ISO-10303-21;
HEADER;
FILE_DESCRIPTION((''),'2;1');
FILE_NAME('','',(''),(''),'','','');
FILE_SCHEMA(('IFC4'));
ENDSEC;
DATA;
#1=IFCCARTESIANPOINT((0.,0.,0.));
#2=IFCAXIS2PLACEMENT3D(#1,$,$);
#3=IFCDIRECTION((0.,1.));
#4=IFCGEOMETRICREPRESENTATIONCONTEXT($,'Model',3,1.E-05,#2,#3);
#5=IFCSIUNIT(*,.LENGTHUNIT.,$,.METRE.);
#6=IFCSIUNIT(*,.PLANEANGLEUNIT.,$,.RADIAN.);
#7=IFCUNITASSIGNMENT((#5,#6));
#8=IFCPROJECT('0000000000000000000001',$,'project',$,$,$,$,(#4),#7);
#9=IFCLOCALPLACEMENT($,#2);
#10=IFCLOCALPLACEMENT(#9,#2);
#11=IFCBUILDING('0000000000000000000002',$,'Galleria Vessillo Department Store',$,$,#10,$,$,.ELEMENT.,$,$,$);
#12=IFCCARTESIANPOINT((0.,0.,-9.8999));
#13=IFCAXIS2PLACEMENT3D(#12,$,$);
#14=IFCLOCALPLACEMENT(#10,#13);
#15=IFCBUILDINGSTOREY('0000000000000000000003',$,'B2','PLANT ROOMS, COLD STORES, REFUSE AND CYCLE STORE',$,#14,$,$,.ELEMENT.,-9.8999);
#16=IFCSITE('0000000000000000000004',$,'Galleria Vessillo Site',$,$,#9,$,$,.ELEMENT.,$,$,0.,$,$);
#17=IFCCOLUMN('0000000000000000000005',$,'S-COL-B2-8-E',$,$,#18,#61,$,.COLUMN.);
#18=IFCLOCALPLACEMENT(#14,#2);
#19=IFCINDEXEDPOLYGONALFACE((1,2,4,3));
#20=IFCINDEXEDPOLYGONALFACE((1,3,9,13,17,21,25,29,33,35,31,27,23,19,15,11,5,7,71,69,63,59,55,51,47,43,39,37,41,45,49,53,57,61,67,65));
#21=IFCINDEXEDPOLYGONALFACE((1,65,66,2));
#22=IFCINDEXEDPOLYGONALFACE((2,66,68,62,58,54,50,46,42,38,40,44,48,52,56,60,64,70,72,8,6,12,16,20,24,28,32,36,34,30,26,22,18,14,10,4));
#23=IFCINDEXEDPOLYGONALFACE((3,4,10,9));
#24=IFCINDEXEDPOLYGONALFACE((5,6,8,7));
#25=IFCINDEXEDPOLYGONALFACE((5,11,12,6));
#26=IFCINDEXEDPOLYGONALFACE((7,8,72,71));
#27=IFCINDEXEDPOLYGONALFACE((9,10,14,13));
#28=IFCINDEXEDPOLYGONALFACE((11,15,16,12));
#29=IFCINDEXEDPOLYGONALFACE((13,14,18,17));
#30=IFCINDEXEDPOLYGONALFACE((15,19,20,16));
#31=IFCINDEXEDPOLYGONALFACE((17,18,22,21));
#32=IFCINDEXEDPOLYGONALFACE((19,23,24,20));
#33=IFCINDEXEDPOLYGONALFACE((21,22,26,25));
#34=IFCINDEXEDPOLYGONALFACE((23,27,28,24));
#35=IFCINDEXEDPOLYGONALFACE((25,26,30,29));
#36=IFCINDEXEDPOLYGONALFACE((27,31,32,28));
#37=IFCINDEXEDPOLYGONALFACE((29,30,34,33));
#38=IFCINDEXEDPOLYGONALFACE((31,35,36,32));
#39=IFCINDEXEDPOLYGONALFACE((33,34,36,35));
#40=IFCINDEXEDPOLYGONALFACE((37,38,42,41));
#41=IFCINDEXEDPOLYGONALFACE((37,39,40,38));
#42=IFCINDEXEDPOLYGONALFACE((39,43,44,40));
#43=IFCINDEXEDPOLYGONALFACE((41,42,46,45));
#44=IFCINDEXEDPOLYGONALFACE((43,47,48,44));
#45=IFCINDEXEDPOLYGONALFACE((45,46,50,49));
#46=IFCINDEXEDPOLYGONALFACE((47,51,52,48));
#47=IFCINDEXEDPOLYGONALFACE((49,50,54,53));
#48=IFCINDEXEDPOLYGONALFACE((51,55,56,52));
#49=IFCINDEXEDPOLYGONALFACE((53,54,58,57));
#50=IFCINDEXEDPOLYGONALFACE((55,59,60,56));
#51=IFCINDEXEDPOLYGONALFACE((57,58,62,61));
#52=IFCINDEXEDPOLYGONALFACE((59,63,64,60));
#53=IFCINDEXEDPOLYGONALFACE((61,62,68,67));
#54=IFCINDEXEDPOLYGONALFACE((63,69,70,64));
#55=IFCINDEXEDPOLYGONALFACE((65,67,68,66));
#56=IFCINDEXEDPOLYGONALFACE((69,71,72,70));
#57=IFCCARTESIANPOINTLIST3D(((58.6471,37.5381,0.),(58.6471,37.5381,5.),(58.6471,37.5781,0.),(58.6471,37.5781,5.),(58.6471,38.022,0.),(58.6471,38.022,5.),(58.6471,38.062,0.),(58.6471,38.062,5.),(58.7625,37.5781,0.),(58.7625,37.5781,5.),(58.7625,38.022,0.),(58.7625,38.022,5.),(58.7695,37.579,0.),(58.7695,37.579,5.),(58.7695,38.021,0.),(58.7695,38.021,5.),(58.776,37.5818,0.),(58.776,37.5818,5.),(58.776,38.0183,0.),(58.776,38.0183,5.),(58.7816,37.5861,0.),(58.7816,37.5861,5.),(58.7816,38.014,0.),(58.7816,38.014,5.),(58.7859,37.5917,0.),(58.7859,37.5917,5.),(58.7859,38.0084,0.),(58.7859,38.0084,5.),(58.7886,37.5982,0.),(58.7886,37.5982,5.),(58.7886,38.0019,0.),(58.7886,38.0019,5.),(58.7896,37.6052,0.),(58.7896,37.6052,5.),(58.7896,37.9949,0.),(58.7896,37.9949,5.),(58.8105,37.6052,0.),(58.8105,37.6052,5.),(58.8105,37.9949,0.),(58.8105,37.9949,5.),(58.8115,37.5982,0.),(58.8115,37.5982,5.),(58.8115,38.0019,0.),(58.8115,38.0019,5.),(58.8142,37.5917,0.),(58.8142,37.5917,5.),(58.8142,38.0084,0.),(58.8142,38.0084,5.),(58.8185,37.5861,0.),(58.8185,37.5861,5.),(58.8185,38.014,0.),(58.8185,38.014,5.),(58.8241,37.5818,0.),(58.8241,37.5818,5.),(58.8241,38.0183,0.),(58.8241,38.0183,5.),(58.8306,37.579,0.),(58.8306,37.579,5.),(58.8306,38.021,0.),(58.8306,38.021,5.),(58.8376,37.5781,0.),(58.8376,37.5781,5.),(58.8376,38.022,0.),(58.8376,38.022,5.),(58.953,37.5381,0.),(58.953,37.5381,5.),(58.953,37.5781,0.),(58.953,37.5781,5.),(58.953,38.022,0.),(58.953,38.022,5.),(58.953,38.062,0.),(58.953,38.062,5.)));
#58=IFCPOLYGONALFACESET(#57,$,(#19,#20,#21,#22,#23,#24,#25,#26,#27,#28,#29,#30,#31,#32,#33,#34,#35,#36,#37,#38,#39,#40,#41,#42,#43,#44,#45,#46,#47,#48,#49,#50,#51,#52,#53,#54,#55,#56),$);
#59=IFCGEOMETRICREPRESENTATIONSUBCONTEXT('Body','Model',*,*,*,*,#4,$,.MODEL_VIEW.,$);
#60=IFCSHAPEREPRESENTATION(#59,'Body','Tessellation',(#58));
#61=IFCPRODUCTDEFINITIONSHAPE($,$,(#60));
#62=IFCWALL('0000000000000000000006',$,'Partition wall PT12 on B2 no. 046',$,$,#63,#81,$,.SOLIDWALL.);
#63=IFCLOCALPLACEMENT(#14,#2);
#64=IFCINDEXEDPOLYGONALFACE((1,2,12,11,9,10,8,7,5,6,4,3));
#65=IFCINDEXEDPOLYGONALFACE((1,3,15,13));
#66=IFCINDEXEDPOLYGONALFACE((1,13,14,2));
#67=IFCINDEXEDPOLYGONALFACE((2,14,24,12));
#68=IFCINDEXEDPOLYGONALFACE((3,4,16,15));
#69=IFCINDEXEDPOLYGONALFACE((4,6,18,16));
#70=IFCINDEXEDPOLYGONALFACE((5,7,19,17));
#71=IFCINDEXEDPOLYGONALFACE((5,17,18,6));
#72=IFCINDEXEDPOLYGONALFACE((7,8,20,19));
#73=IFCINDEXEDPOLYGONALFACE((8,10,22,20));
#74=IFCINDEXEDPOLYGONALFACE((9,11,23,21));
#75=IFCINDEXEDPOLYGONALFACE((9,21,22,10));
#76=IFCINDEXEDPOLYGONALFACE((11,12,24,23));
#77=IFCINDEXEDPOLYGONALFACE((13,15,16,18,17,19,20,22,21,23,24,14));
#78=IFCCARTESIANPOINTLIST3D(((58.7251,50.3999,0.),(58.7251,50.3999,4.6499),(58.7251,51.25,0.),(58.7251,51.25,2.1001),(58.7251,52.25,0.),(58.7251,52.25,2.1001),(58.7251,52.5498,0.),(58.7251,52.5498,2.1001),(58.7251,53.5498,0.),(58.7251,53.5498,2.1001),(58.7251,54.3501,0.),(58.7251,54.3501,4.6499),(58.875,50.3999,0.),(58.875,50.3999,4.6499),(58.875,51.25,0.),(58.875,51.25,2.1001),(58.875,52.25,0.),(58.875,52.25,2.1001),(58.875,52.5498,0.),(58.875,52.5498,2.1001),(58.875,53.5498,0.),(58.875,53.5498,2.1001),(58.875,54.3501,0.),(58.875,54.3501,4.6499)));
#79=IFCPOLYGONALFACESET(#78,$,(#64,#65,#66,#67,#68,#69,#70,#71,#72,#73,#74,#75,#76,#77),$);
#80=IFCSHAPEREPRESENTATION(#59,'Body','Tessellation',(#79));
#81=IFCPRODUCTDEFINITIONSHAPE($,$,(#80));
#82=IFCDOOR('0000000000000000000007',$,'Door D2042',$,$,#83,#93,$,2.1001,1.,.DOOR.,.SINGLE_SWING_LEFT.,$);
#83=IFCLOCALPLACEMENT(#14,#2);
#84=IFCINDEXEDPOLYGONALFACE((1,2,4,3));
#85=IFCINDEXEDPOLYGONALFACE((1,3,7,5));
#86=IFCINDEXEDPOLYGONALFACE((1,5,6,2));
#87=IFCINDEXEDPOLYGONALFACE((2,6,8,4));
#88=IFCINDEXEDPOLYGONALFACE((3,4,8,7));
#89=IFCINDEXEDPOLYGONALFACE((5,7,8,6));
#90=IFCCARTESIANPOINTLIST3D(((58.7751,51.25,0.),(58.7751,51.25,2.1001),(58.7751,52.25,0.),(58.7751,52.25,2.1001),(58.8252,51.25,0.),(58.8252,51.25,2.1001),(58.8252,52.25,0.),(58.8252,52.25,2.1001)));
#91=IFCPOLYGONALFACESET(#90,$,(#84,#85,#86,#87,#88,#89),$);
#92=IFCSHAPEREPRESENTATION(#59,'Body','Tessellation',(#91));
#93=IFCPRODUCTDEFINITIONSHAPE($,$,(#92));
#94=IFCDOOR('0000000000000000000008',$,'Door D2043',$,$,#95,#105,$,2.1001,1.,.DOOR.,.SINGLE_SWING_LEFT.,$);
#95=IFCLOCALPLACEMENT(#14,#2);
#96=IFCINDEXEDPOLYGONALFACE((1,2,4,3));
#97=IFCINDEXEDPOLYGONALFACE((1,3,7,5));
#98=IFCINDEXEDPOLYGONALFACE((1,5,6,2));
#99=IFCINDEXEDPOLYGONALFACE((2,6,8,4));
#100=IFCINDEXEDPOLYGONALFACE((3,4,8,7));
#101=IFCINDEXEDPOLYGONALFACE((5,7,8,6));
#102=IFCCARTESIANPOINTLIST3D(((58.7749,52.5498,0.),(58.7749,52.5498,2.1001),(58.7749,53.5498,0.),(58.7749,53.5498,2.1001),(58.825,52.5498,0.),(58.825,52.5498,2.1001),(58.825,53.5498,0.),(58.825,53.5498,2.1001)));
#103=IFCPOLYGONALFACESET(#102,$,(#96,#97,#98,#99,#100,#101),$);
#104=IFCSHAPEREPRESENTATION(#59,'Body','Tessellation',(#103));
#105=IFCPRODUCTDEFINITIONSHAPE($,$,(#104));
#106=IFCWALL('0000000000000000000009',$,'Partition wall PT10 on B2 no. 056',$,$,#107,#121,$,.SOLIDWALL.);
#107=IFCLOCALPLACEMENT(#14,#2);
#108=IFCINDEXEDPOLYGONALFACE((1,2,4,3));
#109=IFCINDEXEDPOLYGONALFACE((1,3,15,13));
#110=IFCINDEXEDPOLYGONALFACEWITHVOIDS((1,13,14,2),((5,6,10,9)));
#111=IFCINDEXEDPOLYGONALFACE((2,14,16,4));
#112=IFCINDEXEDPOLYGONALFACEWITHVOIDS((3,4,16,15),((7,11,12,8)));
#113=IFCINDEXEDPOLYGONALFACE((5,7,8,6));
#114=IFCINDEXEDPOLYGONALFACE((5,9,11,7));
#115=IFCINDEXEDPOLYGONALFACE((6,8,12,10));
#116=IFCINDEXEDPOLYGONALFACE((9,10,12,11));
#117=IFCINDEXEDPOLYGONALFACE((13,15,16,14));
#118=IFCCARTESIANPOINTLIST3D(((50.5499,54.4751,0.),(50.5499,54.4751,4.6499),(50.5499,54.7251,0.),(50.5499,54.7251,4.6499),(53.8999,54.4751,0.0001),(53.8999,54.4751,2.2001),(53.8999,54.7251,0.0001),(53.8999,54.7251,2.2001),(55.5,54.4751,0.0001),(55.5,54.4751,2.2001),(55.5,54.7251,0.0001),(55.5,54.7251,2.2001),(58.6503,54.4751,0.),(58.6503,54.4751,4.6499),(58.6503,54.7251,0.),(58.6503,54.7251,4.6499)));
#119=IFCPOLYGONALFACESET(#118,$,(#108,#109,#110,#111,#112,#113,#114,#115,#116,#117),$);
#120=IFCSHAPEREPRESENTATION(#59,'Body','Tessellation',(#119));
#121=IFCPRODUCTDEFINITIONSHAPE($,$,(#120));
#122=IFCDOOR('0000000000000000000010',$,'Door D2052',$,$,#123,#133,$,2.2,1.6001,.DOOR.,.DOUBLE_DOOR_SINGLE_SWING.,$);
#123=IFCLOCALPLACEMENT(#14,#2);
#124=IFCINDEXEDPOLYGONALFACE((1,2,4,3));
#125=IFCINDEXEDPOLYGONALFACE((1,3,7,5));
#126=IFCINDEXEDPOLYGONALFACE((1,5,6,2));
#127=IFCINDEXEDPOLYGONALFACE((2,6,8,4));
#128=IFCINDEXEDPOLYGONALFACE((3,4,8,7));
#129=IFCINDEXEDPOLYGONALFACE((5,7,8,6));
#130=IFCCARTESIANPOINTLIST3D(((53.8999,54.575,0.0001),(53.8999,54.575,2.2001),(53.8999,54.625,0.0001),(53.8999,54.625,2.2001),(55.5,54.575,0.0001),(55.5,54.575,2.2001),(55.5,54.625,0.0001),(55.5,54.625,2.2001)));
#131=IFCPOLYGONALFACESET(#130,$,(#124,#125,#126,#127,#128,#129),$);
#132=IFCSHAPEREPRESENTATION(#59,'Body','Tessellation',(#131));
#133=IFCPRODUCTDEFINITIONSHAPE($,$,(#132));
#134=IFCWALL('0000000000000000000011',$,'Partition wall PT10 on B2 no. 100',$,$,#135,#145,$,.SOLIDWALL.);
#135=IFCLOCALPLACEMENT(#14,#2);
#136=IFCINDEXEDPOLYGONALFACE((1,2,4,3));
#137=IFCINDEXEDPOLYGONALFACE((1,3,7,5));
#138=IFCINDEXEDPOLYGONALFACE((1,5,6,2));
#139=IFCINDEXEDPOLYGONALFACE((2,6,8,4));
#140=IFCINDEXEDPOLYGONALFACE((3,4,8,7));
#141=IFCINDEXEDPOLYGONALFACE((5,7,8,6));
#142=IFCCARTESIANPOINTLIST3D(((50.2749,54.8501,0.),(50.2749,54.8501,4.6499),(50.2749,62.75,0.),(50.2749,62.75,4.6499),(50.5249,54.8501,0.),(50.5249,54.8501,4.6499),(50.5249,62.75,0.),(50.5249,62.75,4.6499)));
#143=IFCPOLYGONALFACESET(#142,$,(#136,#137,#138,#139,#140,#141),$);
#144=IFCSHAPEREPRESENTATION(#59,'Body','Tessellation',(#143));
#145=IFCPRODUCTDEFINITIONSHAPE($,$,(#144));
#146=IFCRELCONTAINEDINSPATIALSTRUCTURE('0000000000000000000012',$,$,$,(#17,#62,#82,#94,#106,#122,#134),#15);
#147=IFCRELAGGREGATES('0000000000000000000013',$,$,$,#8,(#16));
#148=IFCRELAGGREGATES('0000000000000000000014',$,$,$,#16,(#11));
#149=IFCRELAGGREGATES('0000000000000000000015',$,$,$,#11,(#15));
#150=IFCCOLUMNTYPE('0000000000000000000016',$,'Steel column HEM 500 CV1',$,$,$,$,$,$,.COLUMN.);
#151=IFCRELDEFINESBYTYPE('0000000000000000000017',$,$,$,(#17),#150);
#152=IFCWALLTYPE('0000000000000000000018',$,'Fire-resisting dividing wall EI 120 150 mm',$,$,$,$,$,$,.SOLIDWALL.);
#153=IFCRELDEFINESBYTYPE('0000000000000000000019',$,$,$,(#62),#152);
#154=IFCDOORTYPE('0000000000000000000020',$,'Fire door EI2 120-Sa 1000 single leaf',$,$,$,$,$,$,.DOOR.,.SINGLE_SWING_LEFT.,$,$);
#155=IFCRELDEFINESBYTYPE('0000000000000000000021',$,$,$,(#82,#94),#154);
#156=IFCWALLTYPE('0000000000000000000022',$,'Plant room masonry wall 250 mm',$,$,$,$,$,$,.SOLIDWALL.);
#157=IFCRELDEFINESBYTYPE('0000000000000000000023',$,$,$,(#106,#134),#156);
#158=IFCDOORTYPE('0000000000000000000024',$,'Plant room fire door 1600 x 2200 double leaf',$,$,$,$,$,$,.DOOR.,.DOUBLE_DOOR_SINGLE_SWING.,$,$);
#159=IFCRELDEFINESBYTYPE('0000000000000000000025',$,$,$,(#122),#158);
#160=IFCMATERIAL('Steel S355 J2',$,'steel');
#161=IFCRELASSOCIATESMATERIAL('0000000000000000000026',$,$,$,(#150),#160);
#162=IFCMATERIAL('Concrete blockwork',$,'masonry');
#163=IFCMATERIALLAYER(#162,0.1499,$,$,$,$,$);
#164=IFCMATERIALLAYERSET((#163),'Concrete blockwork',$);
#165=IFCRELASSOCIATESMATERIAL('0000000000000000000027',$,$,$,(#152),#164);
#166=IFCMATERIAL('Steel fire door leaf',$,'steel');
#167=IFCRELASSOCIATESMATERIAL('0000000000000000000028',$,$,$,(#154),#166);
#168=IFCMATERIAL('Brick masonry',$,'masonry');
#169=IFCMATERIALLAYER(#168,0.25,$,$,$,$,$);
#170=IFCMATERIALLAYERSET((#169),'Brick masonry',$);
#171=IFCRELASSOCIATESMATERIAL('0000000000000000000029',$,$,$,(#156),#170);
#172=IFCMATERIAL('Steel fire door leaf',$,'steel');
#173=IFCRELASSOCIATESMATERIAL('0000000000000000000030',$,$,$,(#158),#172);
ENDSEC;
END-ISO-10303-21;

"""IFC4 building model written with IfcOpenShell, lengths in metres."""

from ifc_helpers import new_model, si_unit, direction, frame, frame_2d, origin, origin_2d, place, context, subcontext, project, spatial, rectangle, i_section, extrude, material, layer, layer_set, material_profile, profile_set, type_object, element, fill, save


model = new_model("IFC4")

# Units and contexts
model_context = context("Model", 3, precision=1e-05, world=origin(), true_north=direction((0.0, 1.0)))
body_context = subcontext(model_context, "Body", "Model", "MODEL_VIEW")
ifc_project = project(units=[si_unit("LENGTHUNIT", "METRE"), si_unit("PLANEANGLEUNIT", "RADIAN")], contexts=[model_context])

# Site, building, storey
site_placement = place(None, origin())
site = spatial("IfcSite", under=ifc_project, at=site_placement, Name="Galleria Vessillo Site", CompositionType="ELEMENT", RefElevation=0.0)
building_placement = place(site_placement, origin())
building = spatial("IfcBuilding", under=site, at=building_placement, Name="Galleria Vessillo Department Store", CompositionType="ELEMENT")
storey_placement = place(building_placement, frame((0.0, 0.0, -9.8999)))
storey = spatial("IfcBuildingStorey", under=building, at=storey_placement, Name="B2", Description="PLANT ROOMS, COLD STORES, REFUSE AND CYCLE STORE", CompositionType="ELEMENT", Elevation=-9.8999)

# Column
ifc_material_1 = material(Name="Steel S355 J2", Category="steel")
ifc_material_profile_1 = material_profile(ifc_material_1, i_section(OverallWidth=0.3059, OverallDepth=0.5239, WebThickness=0.021, FlangeThickness=0.04, FilletRadius=0.0271, at=origin_2d()), Name="HEM 500")
ifc_profile_set_1 = profile_set([ifc_material_profile_1], Name="Steel S355 J2")
column_type_1 = type_object("IfcColumnType", Name="Steel column HEM 500 CV1", PredefinedType="COLUMN", material=ifc_profile_set_1)
column_placement = place(storey_placement, frame((58.8, 37.8, 0.0), z_axis=(0.0, 0.0, 1.0), x_axis=(1.0, 0.0, 0.0)))
element("IfcColumn", 1, at=column_placement, inside=storey, type_object=column_type_1, Name="S-COL-B2-8-E", PredefinedType="COLUMN", context=body_context, shape_type="SweptSolid", body=[
    extrude(i_section(OverallWidth=0.3059, OverallDepth=0.5239, WebThickness=0.021, FlangeThickness=0.04, FilletRadius=0.0271, at=origin_2d()), origin(), (0.0, 0.0, 1.0), 5.0),
])

# Wall, openings, doors
ifc_material_2 = material(Name="Concrete blockwork", Category="masonry")
ifc_layer_1 = layer(ifc_material_2, 0.1499)
ifc_layer_set_1 = layer_set([ifc_layer_1], Name="Concrete blockwork")
wall_type_1 = type_object("IfcWallType", Name="Fire-resisting dividing wall EI 120 150 mm", PredefinedType="SOLIDWALL", material=ifc_layer_set_1)
wall_1_placement = place(storey_placement, frame((58.8, 50.3999, 0.0), z_axis=(0.0, 0.0, 1.0), x_axis=(0.0, 1.0, 0.0)))
wall_1 = element("IfcWall", 2, at=wall_1_placement, inside=storey, type_object=wall_type_1, Name="Partition wall PT12 on B2 no. 046", PredefinedType="SOLIDWALL", context=body_context, shape_type="SweptSolid", body=[
    extrude(rectangle(XDim=3.9502, YDim=0.1499, at=frame_2d((1.9751, 0.0))), origin(), (0.0, 0.0, 1.0), 4.6499),
])
opening_1_placement = place(wall_1_placement, frame((0.8501, 0.0, 0.0)))
opening_1 = element("IfcOpeningElement", 3, at=opening_1_placement, cuts=wall_1, PredefinedType="OPENING", context=body_context, shape_type="SweptSolid", body=[
    extrude(rectangle(XDim=1.0, YDim=2.1001, at=frame_2d((0.5, 1.05))), frame((0.0, 0.085, 0.0), z_axis=(0.0, -1.0, 0.0), x_axis=(1.0, 0.0, 0.0)), (0.0, 0.0, 1.0), 0.1699),
])
opening_2_placement = place(wall_1_placement, frame((2.1499, 0.0, 0.0)))
opening_2 = element("IfcOpeningElement", 4, at=opening_2_placement, cuts=wall_1, PredefinedType="OPENING", context=body_context, shape_type="SweptSolid", body=[
    extrude(rectangle(XDim=1.0, YDim=2.1001, at=frame_2d((0.5, 1.05))), frame((0.0, 0.085, 0.0), z_axis=(0.0, -1.0, 0.0), x_axis=(1.0, 0.0, 0.0)), (0.0, 0.0, 1.0), 0.1699),
])
ifc_material_3 = material(Name="Steel fire door leaf", Category="steel")
door_type_1 = type_object("IfcDoorType", Name="Fire door EI2 120-Sa 1000 single leaf", OperationType="SINGLE_SWING_LEFT", PredefinedType="DOOR", material=ifc_material_3)
door_1_placement = place(opening_1_placement, origin())
door_1 = element("IfcDoor", 5, at=door_1_placement, inside=storey, type_object=door_type_1, Name="Door D2042", OperationType="SINGLE_SWING_LEFT", OverallHeight=2.1001, OverallWidth=1.0, PredefinedType="DOOR", context=body_context, shape_type="SweptSolid", body=[
    extrude(rectangle(XDim=1.0, YDim=2.1001, at=frame_2d((0.5, 1.05))), frame((0.0, 0.0249, 0.0), z_axis=(0.0, -1.0, 0.0), x_axis=(1.0, 0.0, 0.0)), (0.0, 0.0, 1.0), 0.05),
])
fill(opening_1, door_1)
door_2_placement = place(opening_2_placement, frame((1.0, 0.0, 0.0), z_axis=(0.0, 0.0, 1.0), x_axis=(-1.0, 0.0, 0.0)))
door_2 = element("IfcDoor", 6, at=door_2_placement, inside=storey, type_object=door_type_1, Name="Door D2043", OperationType="SINGLE_SWING_LEFT", OverallHeight=2.1001, OverallWidth=1.0, PredefinedType="DOOR", context=body_context, shape_type="SweptSolid", body=[
    extrude(rectangle(XDim=1.0, YDim=2.1001, at=frame_2d((0.5, 1.05))), frame((0.0, 0.0249, 0.0), z_axis=(0.0, -1.0, 0.0), x_axis=(1.0, 0.0, 0.0)), (0.0, 0.0, 1.0), 0.05),
])
fill(opening_2, door_2)

# Wall, opening, door
ifc_material_4 = material(Name="Brick masonry", Category="masonry")
ifc_layer_2 = layer(ifc_material_4, 0.25)
ifc_layer_set_2 = layer_set([ifc_layer_2], Name="Brick masonry")
wall_type_2 = type_object("IfcWallType", Name="Plant room masonry wall 250 mm", PredefinedType="SOLIDWALL", material=ifc_layer_set_2)
wall_2_placement = place(storey_placement, frame((50.5498, 54.6001, 0.0), z_axis=(0.0, 0.0, 1.0), x_axis=(1.0, 0.0, 0.0)))
wall_2 = element("IfcWall", 7, at=wall_2_placement, inside=storey, type_object=wall_type_2, Name="Partition wall PT10 on B2 no. 056", PredefinedType="SOLIDWALL", context=body_context, shape_type="SweptSolid", body=[
    extrude(rectangle(XDim=8.1003, YDim=0.25, at=frame_2d((4.0503, 0.0))), origin(), (0.0, 0.0, 1.0), 4.6499),
])
opening_3_placement = place(wall_2_placement, frame((3.3501, 0.0, 0.0)))
opening_3 = element("IfcOpeningElement", 8, at=opening_3_placement, cuts=wall_2, PredefinedType="OPENING", context=body_context, shape_type="SweptSolid", body=[
    extrude(rectangle(XDim=1.6001, YDim=2.2, at=frame_2d((0.8, 1.1001))), frame((0.0, 0.135, 0.0), z_axis=(0.0, -1.0, 0.0), x_axis=(1.0, 0.0, 0.0)), (0.0, 0.0, 1.0), 0.27),
])
ifc_material_5 = material(Name="Steel fire door leaf", Category="steel")
door_type_2 = type_object("IfcDoorType", Name="Plant room fire door 1600 x 2200 double leaf", OperationType="DOUBLE_DOOR_SINGLE_SWING", PredefinedType="DOOR", material=ifc_material_5)
door_3_placement = place(opening_3_placement, origin())
door_3 = element("IfcDoor", 9, at=door_3_placement, inside=storey, type_object=door_type_2, Name="Door D2052", OperationType="DOUBLE_DOOR_SINGLE_SWING", OverallHeight=2.2, OverallWidth=1.6001, PredefinedType="DOOR", context=body_context, shape_type="SweptSolid", body=[
    extrude(rectangle(XDim=1.6001, YDim=2.2, at=frame_2d((0.8, 1.1001))), frame((0.0, 0.0249, 0.0), z_axis=(0.0, -1.0, 0.0), x_axis=(1.0, 0.0, 0.0)), (0.0, 0.0, 1.0), 0.05),
])
fill(opening_3, door_3)

# Wall
wall_3_placement = place(storey_placement, frame((50.3999, 54.8501, 0.0), z_axis=(0.0, 0.0, 1.0), x_axis=(0.0, 1.0, 0.0)))
element("IfcWall", 10, at=wall_3_placement, inside=storey, type_object=wall_type_2, Name="Partition wall PT10 on B2 no. 100", PredefinedType="SOLIDWALL", context=body_context, shape_type="SweptSolid", body=[
    extrude(rectangle(XDim=7.8999, YDim=0.25, at=frame_2d((3.95, 0.0))), origin(), (0.0, 0.0, 1.0), 4.6499),
])

save(model, "model.ifc")
